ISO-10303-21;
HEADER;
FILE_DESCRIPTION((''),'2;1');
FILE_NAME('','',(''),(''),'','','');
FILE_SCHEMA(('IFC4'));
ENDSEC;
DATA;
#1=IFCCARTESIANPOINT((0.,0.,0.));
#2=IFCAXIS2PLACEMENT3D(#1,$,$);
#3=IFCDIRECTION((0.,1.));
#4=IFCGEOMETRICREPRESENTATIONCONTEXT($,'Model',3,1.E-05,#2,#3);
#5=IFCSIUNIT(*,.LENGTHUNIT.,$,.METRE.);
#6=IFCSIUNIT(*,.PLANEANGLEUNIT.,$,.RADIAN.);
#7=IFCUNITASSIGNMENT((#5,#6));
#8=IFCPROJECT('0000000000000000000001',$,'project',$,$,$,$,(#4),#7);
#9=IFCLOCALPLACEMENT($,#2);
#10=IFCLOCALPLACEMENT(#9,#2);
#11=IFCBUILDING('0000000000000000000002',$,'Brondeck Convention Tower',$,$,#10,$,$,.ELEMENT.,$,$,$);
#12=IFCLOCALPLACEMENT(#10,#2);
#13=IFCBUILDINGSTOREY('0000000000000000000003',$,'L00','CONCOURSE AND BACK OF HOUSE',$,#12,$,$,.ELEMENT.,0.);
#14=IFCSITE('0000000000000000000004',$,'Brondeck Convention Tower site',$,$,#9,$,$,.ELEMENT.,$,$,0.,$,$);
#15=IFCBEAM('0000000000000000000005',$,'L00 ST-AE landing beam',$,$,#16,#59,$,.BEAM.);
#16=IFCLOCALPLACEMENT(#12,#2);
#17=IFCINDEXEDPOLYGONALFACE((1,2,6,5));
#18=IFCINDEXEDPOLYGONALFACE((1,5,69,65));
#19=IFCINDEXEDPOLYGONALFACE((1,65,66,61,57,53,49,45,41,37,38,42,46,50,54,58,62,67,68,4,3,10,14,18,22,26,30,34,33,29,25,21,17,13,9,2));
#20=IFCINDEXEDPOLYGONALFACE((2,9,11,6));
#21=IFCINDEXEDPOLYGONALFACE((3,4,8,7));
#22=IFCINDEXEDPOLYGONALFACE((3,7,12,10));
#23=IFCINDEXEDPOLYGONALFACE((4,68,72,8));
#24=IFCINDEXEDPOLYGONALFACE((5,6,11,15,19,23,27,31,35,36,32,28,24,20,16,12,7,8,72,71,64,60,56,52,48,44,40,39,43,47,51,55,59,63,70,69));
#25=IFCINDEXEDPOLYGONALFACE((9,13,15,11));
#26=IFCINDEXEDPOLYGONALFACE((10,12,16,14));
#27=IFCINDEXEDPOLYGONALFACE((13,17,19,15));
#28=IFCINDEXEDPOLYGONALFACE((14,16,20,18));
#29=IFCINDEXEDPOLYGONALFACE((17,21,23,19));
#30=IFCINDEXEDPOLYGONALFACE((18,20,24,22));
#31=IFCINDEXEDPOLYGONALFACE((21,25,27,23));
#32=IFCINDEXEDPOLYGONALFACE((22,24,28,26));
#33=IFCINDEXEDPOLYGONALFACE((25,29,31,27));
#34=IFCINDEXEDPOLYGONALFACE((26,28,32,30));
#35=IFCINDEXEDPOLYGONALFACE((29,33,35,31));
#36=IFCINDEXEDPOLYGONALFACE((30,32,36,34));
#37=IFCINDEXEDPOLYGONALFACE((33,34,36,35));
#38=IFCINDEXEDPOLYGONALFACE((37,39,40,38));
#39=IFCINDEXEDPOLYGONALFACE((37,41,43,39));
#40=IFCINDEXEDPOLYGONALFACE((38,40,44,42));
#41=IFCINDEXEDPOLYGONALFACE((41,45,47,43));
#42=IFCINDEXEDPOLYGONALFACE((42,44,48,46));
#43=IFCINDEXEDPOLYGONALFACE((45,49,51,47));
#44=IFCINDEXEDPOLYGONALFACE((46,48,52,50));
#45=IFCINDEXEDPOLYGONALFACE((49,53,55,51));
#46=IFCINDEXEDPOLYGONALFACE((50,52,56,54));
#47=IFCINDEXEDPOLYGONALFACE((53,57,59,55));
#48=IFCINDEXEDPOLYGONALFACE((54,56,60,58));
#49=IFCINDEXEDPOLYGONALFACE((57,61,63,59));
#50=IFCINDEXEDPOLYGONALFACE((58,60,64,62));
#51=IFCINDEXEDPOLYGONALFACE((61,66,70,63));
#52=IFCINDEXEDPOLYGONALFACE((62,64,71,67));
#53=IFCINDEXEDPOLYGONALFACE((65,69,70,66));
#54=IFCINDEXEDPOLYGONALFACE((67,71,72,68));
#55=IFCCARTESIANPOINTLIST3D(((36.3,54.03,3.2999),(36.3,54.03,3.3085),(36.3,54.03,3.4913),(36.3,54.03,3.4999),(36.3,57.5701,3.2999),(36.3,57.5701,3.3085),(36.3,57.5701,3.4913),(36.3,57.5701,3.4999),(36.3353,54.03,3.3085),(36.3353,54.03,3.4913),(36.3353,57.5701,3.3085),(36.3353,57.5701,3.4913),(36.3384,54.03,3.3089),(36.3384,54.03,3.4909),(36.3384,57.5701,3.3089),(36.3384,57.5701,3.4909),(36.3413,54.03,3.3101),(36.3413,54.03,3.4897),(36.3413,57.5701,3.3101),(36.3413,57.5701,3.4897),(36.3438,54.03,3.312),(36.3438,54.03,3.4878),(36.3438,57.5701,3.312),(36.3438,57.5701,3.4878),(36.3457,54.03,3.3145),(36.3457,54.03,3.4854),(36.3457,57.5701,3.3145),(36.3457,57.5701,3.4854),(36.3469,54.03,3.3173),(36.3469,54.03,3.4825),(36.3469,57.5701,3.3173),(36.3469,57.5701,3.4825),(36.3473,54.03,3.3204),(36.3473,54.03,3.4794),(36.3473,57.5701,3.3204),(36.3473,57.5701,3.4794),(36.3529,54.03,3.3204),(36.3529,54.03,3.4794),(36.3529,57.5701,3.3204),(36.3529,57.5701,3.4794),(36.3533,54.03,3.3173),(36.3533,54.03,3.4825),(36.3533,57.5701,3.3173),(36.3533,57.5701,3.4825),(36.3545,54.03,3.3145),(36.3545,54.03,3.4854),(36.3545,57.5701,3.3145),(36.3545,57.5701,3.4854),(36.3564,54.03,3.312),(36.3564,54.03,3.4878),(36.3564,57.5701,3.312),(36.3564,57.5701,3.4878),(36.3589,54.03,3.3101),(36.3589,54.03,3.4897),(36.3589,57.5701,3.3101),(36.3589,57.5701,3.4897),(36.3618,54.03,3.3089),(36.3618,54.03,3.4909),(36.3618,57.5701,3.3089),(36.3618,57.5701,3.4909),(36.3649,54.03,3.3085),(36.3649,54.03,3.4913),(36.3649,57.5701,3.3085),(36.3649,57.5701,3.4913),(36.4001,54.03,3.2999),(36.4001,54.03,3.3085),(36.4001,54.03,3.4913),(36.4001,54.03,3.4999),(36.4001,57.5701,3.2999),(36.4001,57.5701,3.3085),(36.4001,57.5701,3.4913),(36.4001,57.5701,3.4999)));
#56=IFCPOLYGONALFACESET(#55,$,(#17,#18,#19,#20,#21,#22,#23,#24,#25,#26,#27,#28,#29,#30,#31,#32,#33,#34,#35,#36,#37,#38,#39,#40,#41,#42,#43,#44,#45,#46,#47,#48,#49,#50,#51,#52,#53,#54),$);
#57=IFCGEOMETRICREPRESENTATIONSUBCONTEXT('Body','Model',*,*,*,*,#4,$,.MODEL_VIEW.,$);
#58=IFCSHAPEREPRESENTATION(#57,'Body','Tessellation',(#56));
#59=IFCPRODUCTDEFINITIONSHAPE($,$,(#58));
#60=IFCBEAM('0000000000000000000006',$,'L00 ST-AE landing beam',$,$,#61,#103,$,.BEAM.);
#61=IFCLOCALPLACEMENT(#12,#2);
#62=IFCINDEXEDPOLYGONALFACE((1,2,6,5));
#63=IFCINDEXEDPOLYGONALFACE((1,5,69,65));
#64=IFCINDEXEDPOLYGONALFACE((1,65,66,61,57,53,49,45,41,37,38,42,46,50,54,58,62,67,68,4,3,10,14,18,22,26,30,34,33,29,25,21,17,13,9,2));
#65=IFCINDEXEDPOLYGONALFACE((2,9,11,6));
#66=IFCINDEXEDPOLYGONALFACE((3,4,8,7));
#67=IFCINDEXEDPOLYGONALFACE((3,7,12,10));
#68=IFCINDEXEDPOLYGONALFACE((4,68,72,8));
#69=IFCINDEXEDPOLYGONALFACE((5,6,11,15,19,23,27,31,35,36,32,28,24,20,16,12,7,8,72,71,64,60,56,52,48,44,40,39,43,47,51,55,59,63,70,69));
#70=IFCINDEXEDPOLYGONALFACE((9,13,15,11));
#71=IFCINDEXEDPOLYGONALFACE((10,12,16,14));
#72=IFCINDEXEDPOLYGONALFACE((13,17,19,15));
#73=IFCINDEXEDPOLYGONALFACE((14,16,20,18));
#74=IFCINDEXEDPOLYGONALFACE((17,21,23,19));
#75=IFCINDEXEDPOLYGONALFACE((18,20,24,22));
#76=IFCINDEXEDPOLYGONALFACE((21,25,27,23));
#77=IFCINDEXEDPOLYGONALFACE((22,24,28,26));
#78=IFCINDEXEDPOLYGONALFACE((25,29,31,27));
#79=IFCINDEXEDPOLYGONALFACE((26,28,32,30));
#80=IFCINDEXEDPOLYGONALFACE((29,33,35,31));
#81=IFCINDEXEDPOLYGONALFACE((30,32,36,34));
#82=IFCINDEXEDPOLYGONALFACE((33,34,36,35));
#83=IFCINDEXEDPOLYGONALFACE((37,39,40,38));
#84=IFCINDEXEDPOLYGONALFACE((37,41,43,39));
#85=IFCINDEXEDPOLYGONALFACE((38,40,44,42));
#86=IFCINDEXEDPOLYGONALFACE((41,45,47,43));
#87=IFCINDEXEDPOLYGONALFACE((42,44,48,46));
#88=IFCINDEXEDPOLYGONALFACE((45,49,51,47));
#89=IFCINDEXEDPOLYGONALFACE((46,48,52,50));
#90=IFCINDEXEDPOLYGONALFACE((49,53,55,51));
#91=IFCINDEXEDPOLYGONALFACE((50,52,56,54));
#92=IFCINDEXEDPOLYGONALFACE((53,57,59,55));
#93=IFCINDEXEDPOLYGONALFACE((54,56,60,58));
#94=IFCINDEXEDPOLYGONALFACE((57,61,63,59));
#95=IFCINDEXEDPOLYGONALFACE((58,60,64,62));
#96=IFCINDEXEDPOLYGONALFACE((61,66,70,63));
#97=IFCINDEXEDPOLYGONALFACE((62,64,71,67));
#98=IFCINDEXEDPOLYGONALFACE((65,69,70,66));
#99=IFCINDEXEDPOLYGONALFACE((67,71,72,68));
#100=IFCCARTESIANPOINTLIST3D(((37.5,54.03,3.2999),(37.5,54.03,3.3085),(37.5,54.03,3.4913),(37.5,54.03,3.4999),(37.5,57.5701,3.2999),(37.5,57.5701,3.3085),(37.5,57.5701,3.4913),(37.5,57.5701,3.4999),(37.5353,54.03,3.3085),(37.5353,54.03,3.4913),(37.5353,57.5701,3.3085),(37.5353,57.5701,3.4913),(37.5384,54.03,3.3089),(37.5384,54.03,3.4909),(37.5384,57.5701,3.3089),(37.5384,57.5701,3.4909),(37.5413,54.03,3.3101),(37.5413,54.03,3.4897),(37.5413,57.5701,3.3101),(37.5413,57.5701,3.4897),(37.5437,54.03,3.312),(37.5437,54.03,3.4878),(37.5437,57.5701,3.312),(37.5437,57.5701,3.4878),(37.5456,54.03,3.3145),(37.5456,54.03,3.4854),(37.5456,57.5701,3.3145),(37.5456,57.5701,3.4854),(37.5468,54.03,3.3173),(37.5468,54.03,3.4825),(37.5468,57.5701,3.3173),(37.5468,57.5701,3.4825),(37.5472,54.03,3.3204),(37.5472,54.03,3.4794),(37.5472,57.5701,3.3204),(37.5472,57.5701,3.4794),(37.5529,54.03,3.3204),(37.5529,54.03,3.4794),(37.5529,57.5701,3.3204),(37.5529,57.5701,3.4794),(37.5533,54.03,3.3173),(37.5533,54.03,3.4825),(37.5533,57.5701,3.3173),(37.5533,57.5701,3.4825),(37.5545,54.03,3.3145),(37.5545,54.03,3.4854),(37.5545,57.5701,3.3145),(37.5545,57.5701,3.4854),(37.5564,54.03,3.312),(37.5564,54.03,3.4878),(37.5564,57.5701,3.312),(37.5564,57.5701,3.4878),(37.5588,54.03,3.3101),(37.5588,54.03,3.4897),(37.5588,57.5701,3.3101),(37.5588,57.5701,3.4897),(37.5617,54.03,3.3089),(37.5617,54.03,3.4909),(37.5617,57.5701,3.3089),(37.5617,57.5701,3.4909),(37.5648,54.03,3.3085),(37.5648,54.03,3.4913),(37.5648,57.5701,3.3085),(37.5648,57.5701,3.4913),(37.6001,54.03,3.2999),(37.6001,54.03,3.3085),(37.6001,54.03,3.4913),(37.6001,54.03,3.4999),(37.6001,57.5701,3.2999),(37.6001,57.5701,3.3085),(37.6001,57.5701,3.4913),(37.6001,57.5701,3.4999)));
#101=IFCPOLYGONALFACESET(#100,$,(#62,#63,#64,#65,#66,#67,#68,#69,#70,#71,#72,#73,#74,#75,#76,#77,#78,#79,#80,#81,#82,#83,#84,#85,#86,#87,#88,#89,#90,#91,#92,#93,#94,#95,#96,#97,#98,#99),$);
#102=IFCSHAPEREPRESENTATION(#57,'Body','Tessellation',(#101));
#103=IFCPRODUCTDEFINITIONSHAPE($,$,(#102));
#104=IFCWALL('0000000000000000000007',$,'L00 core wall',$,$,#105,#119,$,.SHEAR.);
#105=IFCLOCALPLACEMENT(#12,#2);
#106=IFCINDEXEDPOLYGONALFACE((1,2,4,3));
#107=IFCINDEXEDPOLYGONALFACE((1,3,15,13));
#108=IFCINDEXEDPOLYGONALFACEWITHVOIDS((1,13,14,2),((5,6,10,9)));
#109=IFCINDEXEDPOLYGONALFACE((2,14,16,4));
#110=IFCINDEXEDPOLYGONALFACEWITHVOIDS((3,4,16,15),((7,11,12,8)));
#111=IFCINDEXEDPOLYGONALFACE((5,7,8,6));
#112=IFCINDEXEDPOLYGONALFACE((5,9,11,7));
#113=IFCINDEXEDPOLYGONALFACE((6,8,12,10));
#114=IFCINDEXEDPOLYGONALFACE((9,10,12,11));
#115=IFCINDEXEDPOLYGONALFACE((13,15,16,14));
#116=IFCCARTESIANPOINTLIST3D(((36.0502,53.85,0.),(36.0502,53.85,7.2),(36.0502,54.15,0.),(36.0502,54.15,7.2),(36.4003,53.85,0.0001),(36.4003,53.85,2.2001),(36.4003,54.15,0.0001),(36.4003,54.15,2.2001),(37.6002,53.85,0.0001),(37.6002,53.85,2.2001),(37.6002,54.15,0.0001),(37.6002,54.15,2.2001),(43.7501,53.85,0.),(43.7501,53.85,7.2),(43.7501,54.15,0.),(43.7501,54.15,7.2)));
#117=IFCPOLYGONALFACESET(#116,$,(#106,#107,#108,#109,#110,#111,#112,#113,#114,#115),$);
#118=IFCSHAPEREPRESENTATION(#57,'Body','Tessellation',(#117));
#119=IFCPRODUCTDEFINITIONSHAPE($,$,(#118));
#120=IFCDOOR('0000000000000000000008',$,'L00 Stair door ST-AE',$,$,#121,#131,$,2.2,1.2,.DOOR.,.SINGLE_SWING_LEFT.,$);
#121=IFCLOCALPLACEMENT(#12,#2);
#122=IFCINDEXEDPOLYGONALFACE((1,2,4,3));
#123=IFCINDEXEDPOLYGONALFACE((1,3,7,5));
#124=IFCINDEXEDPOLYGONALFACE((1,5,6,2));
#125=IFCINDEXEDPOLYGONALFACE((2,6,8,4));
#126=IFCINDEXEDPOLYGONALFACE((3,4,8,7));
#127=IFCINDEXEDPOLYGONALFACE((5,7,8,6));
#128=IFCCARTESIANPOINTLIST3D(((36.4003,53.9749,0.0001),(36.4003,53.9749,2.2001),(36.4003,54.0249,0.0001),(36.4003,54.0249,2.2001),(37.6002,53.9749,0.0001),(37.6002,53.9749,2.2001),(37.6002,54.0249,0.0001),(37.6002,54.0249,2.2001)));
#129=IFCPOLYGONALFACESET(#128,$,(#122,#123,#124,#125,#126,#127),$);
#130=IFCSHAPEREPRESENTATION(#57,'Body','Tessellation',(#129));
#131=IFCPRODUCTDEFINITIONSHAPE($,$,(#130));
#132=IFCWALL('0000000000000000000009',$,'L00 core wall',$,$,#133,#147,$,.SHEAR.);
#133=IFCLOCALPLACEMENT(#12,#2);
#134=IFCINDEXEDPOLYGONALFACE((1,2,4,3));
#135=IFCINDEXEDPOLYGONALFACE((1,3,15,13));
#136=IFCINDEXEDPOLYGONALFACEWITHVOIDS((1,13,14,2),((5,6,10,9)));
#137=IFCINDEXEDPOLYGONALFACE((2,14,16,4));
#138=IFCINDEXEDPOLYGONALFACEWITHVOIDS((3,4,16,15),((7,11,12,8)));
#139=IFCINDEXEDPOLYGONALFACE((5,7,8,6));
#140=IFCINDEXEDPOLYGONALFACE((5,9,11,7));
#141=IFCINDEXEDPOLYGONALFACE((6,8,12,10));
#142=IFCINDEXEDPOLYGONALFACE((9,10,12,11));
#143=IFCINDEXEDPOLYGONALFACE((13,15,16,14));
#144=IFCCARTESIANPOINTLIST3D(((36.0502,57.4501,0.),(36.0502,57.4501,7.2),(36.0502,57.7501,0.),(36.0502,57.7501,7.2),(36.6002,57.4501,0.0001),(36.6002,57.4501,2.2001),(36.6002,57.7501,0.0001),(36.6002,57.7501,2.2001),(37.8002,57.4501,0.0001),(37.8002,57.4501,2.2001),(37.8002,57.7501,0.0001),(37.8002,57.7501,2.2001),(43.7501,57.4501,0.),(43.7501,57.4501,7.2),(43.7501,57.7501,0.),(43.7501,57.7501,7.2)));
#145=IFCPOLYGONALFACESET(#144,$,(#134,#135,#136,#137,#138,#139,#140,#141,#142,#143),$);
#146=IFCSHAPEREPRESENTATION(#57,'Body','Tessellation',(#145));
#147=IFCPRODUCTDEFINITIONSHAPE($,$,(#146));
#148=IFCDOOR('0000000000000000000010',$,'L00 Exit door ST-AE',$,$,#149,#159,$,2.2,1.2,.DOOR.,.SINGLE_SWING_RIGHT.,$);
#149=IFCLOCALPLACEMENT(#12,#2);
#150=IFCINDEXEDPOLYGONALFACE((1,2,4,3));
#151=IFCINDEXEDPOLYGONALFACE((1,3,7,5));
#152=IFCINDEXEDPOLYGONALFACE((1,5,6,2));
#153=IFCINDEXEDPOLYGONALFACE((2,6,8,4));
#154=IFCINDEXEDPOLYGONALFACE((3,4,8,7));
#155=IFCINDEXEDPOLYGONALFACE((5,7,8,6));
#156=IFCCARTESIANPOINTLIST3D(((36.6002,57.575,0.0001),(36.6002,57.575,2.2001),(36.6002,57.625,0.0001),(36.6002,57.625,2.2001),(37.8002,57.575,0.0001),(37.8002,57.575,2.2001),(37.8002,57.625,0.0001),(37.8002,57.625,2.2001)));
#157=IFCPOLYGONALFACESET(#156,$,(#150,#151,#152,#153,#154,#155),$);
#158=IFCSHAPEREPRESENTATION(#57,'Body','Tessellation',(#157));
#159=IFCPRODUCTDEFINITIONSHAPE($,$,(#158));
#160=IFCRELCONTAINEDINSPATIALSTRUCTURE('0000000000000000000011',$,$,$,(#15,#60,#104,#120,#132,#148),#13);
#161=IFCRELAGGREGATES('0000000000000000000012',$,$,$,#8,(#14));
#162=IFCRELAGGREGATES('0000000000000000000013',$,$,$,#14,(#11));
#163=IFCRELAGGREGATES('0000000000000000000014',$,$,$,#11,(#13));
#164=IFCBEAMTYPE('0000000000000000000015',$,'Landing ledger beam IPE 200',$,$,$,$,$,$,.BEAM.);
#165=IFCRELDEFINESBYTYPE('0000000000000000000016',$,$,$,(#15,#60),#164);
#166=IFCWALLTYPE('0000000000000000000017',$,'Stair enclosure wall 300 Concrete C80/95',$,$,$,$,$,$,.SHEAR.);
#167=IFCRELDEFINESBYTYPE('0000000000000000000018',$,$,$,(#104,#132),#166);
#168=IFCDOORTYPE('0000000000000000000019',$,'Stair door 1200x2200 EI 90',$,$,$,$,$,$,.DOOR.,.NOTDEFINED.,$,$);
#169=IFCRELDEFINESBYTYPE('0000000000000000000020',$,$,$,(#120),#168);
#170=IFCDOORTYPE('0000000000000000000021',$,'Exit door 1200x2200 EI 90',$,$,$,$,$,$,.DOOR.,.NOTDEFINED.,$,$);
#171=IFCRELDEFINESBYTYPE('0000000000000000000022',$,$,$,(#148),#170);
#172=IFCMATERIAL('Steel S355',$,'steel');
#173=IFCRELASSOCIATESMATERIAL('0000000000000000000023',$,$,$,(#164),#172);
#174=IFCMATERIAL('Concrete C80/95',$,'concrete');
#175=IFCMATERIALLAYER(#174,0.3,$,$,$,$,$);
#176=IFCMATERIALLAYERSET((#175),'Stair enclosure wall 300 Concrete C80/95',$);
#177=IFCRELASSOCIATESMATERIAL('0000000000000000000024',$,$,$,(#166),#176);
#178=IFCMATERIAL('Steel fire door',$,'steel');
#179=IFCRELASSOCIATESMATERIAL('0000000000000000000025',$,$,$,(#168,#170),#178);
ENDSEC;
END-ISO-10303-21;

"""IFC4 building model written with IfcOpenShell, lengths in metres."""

from ifc_helpers import new_model, si_unit, direction, frame, frame_2d, origin, origin_2d, place, context, subcontext, project, spatial, rectangle, i_section, extrude, material, layer, layer_set, material_profile, profile_set, type_object, element, fill, save


model = new_model("IFC4")

# Units and contexts
model_context = context("Model", 3, precision=1e-05, world=origin(), true_north=direction((0.0, 1.0)))
body_context = subcontext(model_context, "Body", "Model", "MODEL_VIEW")
ifc_project = project(units=[si_unit("LENGTHUNIT", "METRE"), si_unit("PLANEANGLEUNIT", "RADIAN")], contexts=[model_context])

# Site, building, storey
site_placement = place(None, origin())
site = spatial("IfcSite", under=ifc_project, at=site_placement, Name="Brondeck Convention Tower site", CompositionType="ELEMENT", RefElevation=0.0)
building_placement = place(site_placement, origin())
building = spatial("IfcBuilding", under=site, at=building_placement, Name="Brondeck Convention Tower", CompositionType="ELEMENT")
storey_placement = place(building_placement, origin())
storey = spatial("IfcBuildingStorey", under=building, at=storey_placement, Name="L00", Description="CONCOURSE AND BACK OF HOUSE", CompositionType="ELEMENT", Elevation=0.0)

# Beams
ifc_material_1 = material(Name="Steel S355", Category="steel")
ifc_material_profile = material_profile(ifc_material_1, i_section(OverallWidth=0.1001, OverallDepth=0.2, WebThickness=0.0056, FlangeThickness=0.0085, FilletRadius=0.012, at=origin_2d()), Name="IPE200")
ifc_profile_set = profile_set([ifc_material_profile], Name="Steel S355")
beam_type = type_object("IfcBeamType", Name="Landing ledger beam IPE 200", PredefinedType="BEAM", material=ifc_profile_set)
for number, where, z_axis, x_axis, name in (
    (1, (36.3501, 54.03, 3.3999), (0.0, 1.0, 0.0), (-1.0, 0.0, 0.0), "L00 ST-AE landing beam"),
    (2, (37.55, 54.03, 3.3999), (0.0, 1.0, 0.0), (-1.0, 0.0, 0.0), "L00 ST-AE landing beam"),
):
    element("IfcBeam", number, at=place(storey_placement, frame(where, z_axis=z_axis, x_axis=x_axis)), inside=storey, type_object=beam_type, Name=name, PredefinedType="BEAM", context=body_context, shape_type="SweptSolid", body=[
        extrude(i_section(OverallWidth=0.1001, OverallDepth=0.2, WebThickness=0.0056, FlangeThickness=0.0085, FilletRadius=0.012, at=origin_2d()), origin(), (0.0, 0.0, 1.0), 3.54),
    ])

# Walls, openings, doors
ifc_material_2 = material(Name="Concrete C80/95", Category="concrete")
ifc_layer = layer(ifc_material_2, 0.3)
ifc_layer_set = layer_set([ifc_layer], Name="Stair enclosure wall 300 Concrete C80/95")
wall_type = type_object("IfcWallType", Name="Stair enclosure wall 300 Concrete C80/95", PredefinedType="SHEAR", material=ifc_layer_set)
wall_1_placement = place(storey_placement, frame((36.05, 54.0, 0.0), z_axis=(0.0, 0.0, 1.0), x_axis=(1.0, 0.0, 0.0)))
wall_1 = element("IfcWall", 3, at=wall_1_placement, inside=storey, type_object=wall_type, Name="L00 core wall", PredefinedType="SHEAR", context=body_context, shape_type="SweptSolid", body=[
    extrude(rectangle(XDim=7.7, YDim=0.3, at=frame_2d((3.8501, 0.0))), origin(), (0.0, 0.0, 1.0), 7.2),
])
opening_1_placement = place(wall_1_placement, frame((0.3501, 0.0, 0.0)))
opening_1 = element("IfcOpeningElement", 4, at=opening_1_placement, cuts=wall_1, PredefinedType="OPENING", context=body_context, shape_type="SweptSolid", body=[
    extrude(rectangle(XDim=1.2, YDim=2.2, at=frame_2d((0.6001, 1.1001))), frame((0.0, 0.1599, 0.0), z_axis=(0.0, -1.0, 0.0), x_axis=(1.0, 0.0, 0.0)), (0.0, 0.0, 1.0), 0.3201),
])
ifc_material_3 = material(Name="Steel fire door", Category="steel")
door_type_1 = type_object("IfcDoorType", Name="Stair door 1200x2200 EI 90", OperationType="NOTDEFINED", PredefinedType="DOOR", material=ifc_material_3)
door_1_placement = place(opening_1_placement, origin())
door_1 = element("IfcDoor", 5, at=door_1_placement, inside=storey, type_object=door_type_1, Name="L00 Stair door ST-AE", OperationType="SINGLE_SWING_LEFT", OverallHeight=2.2, OverallWidth=1.2, PredefinedType="DOOR", context=body_context, shape_type="SweptSolid", body=[
    extrude(rectangle(XDim=1.2, YDim=2.2, at=frame_2d((0.6001, 1.1001))), frame((0.0, 0.0249, 0.0), z_axis=(0.0, -1.0, 0.0), x_axis=(1.0, 0.0, 0.0)), (0.0, 0.0, 1.0), 0.05),
])
fill(opening_1, door_1)
wall_2_placement = place(storey_placement, frame((36.05, 57.6001, 0.0), z_axis=(0.0, 0.0, 1.0), x_axis=(1.0, 0.0, 0.0)))
wall_2 = element("IfcWall", 6, at=wall_2_placement, inside=storey, type_object=wall_type, Name="L00 core wall", PredefinedType="SHEAR", context=body_context, shape_type="SweptSolid", body=[
    extrude(rectangle(XDim=7.7, YDim=0.3, at=frame_2d((3.8501, 0.0))), origin(), (0.0, 0.0, 1.0), 7.2),
])
opening_2_placement = place(wall_2_placement, frame((0.55, 0.0, 0.0)))
opening_2 = element("IfcOpeningElement", 7, at=opening_2_placement, cuts=wall_2, PredefinedType="OPENING", context=body_context, shape_type="SweptSolid", body=[
    extrude(rectangle(XDim=1.2, YDim=2.2, at=frame_2d((0.6001, 1.1001))), frame((0.0, 0.1599, 0.0), z_axis=(0.0, -1.0, 0.0), x_axis=(1.0, 0.0, 0.0)), (0.0, 0.0, 1.0), 0.3201),
])
door_type_2 = type_object("IfcDoorType", Name="Exit door 1200x2200 EI 90", OperationType="NOTDEFINED", PredefinedType="DOOR", material=ifc_material_3)
door_2_placement = place(opening_2_placement, origin())
door_2 = element("IfcDoor", 8, at=door_2_placement, inside=storey, type_object=door_type_2, Name="L00 Exit door ST-AE", OperationType="SINGLE_SWING_RIGHT", OverallHeight=2.2, OverallWidth=1.2, PredefinedType="DOOR", context=body_context, shape_type="SweptSolid", body=[
    extrude(rectangle(XDim=1.2, YDim=2.2, at=frame_2d((0.6001, 1.1001))), frame((0.0, 0.0249, 0.0), z_axis=(0.0, -1.0, 0.0), x_axis=(1.0, 0.0, 0.0)), (0.0, 0.0, 1.0), 0.05),
])
fill(opening_2, door_2)

save(model, "model.ifc")
